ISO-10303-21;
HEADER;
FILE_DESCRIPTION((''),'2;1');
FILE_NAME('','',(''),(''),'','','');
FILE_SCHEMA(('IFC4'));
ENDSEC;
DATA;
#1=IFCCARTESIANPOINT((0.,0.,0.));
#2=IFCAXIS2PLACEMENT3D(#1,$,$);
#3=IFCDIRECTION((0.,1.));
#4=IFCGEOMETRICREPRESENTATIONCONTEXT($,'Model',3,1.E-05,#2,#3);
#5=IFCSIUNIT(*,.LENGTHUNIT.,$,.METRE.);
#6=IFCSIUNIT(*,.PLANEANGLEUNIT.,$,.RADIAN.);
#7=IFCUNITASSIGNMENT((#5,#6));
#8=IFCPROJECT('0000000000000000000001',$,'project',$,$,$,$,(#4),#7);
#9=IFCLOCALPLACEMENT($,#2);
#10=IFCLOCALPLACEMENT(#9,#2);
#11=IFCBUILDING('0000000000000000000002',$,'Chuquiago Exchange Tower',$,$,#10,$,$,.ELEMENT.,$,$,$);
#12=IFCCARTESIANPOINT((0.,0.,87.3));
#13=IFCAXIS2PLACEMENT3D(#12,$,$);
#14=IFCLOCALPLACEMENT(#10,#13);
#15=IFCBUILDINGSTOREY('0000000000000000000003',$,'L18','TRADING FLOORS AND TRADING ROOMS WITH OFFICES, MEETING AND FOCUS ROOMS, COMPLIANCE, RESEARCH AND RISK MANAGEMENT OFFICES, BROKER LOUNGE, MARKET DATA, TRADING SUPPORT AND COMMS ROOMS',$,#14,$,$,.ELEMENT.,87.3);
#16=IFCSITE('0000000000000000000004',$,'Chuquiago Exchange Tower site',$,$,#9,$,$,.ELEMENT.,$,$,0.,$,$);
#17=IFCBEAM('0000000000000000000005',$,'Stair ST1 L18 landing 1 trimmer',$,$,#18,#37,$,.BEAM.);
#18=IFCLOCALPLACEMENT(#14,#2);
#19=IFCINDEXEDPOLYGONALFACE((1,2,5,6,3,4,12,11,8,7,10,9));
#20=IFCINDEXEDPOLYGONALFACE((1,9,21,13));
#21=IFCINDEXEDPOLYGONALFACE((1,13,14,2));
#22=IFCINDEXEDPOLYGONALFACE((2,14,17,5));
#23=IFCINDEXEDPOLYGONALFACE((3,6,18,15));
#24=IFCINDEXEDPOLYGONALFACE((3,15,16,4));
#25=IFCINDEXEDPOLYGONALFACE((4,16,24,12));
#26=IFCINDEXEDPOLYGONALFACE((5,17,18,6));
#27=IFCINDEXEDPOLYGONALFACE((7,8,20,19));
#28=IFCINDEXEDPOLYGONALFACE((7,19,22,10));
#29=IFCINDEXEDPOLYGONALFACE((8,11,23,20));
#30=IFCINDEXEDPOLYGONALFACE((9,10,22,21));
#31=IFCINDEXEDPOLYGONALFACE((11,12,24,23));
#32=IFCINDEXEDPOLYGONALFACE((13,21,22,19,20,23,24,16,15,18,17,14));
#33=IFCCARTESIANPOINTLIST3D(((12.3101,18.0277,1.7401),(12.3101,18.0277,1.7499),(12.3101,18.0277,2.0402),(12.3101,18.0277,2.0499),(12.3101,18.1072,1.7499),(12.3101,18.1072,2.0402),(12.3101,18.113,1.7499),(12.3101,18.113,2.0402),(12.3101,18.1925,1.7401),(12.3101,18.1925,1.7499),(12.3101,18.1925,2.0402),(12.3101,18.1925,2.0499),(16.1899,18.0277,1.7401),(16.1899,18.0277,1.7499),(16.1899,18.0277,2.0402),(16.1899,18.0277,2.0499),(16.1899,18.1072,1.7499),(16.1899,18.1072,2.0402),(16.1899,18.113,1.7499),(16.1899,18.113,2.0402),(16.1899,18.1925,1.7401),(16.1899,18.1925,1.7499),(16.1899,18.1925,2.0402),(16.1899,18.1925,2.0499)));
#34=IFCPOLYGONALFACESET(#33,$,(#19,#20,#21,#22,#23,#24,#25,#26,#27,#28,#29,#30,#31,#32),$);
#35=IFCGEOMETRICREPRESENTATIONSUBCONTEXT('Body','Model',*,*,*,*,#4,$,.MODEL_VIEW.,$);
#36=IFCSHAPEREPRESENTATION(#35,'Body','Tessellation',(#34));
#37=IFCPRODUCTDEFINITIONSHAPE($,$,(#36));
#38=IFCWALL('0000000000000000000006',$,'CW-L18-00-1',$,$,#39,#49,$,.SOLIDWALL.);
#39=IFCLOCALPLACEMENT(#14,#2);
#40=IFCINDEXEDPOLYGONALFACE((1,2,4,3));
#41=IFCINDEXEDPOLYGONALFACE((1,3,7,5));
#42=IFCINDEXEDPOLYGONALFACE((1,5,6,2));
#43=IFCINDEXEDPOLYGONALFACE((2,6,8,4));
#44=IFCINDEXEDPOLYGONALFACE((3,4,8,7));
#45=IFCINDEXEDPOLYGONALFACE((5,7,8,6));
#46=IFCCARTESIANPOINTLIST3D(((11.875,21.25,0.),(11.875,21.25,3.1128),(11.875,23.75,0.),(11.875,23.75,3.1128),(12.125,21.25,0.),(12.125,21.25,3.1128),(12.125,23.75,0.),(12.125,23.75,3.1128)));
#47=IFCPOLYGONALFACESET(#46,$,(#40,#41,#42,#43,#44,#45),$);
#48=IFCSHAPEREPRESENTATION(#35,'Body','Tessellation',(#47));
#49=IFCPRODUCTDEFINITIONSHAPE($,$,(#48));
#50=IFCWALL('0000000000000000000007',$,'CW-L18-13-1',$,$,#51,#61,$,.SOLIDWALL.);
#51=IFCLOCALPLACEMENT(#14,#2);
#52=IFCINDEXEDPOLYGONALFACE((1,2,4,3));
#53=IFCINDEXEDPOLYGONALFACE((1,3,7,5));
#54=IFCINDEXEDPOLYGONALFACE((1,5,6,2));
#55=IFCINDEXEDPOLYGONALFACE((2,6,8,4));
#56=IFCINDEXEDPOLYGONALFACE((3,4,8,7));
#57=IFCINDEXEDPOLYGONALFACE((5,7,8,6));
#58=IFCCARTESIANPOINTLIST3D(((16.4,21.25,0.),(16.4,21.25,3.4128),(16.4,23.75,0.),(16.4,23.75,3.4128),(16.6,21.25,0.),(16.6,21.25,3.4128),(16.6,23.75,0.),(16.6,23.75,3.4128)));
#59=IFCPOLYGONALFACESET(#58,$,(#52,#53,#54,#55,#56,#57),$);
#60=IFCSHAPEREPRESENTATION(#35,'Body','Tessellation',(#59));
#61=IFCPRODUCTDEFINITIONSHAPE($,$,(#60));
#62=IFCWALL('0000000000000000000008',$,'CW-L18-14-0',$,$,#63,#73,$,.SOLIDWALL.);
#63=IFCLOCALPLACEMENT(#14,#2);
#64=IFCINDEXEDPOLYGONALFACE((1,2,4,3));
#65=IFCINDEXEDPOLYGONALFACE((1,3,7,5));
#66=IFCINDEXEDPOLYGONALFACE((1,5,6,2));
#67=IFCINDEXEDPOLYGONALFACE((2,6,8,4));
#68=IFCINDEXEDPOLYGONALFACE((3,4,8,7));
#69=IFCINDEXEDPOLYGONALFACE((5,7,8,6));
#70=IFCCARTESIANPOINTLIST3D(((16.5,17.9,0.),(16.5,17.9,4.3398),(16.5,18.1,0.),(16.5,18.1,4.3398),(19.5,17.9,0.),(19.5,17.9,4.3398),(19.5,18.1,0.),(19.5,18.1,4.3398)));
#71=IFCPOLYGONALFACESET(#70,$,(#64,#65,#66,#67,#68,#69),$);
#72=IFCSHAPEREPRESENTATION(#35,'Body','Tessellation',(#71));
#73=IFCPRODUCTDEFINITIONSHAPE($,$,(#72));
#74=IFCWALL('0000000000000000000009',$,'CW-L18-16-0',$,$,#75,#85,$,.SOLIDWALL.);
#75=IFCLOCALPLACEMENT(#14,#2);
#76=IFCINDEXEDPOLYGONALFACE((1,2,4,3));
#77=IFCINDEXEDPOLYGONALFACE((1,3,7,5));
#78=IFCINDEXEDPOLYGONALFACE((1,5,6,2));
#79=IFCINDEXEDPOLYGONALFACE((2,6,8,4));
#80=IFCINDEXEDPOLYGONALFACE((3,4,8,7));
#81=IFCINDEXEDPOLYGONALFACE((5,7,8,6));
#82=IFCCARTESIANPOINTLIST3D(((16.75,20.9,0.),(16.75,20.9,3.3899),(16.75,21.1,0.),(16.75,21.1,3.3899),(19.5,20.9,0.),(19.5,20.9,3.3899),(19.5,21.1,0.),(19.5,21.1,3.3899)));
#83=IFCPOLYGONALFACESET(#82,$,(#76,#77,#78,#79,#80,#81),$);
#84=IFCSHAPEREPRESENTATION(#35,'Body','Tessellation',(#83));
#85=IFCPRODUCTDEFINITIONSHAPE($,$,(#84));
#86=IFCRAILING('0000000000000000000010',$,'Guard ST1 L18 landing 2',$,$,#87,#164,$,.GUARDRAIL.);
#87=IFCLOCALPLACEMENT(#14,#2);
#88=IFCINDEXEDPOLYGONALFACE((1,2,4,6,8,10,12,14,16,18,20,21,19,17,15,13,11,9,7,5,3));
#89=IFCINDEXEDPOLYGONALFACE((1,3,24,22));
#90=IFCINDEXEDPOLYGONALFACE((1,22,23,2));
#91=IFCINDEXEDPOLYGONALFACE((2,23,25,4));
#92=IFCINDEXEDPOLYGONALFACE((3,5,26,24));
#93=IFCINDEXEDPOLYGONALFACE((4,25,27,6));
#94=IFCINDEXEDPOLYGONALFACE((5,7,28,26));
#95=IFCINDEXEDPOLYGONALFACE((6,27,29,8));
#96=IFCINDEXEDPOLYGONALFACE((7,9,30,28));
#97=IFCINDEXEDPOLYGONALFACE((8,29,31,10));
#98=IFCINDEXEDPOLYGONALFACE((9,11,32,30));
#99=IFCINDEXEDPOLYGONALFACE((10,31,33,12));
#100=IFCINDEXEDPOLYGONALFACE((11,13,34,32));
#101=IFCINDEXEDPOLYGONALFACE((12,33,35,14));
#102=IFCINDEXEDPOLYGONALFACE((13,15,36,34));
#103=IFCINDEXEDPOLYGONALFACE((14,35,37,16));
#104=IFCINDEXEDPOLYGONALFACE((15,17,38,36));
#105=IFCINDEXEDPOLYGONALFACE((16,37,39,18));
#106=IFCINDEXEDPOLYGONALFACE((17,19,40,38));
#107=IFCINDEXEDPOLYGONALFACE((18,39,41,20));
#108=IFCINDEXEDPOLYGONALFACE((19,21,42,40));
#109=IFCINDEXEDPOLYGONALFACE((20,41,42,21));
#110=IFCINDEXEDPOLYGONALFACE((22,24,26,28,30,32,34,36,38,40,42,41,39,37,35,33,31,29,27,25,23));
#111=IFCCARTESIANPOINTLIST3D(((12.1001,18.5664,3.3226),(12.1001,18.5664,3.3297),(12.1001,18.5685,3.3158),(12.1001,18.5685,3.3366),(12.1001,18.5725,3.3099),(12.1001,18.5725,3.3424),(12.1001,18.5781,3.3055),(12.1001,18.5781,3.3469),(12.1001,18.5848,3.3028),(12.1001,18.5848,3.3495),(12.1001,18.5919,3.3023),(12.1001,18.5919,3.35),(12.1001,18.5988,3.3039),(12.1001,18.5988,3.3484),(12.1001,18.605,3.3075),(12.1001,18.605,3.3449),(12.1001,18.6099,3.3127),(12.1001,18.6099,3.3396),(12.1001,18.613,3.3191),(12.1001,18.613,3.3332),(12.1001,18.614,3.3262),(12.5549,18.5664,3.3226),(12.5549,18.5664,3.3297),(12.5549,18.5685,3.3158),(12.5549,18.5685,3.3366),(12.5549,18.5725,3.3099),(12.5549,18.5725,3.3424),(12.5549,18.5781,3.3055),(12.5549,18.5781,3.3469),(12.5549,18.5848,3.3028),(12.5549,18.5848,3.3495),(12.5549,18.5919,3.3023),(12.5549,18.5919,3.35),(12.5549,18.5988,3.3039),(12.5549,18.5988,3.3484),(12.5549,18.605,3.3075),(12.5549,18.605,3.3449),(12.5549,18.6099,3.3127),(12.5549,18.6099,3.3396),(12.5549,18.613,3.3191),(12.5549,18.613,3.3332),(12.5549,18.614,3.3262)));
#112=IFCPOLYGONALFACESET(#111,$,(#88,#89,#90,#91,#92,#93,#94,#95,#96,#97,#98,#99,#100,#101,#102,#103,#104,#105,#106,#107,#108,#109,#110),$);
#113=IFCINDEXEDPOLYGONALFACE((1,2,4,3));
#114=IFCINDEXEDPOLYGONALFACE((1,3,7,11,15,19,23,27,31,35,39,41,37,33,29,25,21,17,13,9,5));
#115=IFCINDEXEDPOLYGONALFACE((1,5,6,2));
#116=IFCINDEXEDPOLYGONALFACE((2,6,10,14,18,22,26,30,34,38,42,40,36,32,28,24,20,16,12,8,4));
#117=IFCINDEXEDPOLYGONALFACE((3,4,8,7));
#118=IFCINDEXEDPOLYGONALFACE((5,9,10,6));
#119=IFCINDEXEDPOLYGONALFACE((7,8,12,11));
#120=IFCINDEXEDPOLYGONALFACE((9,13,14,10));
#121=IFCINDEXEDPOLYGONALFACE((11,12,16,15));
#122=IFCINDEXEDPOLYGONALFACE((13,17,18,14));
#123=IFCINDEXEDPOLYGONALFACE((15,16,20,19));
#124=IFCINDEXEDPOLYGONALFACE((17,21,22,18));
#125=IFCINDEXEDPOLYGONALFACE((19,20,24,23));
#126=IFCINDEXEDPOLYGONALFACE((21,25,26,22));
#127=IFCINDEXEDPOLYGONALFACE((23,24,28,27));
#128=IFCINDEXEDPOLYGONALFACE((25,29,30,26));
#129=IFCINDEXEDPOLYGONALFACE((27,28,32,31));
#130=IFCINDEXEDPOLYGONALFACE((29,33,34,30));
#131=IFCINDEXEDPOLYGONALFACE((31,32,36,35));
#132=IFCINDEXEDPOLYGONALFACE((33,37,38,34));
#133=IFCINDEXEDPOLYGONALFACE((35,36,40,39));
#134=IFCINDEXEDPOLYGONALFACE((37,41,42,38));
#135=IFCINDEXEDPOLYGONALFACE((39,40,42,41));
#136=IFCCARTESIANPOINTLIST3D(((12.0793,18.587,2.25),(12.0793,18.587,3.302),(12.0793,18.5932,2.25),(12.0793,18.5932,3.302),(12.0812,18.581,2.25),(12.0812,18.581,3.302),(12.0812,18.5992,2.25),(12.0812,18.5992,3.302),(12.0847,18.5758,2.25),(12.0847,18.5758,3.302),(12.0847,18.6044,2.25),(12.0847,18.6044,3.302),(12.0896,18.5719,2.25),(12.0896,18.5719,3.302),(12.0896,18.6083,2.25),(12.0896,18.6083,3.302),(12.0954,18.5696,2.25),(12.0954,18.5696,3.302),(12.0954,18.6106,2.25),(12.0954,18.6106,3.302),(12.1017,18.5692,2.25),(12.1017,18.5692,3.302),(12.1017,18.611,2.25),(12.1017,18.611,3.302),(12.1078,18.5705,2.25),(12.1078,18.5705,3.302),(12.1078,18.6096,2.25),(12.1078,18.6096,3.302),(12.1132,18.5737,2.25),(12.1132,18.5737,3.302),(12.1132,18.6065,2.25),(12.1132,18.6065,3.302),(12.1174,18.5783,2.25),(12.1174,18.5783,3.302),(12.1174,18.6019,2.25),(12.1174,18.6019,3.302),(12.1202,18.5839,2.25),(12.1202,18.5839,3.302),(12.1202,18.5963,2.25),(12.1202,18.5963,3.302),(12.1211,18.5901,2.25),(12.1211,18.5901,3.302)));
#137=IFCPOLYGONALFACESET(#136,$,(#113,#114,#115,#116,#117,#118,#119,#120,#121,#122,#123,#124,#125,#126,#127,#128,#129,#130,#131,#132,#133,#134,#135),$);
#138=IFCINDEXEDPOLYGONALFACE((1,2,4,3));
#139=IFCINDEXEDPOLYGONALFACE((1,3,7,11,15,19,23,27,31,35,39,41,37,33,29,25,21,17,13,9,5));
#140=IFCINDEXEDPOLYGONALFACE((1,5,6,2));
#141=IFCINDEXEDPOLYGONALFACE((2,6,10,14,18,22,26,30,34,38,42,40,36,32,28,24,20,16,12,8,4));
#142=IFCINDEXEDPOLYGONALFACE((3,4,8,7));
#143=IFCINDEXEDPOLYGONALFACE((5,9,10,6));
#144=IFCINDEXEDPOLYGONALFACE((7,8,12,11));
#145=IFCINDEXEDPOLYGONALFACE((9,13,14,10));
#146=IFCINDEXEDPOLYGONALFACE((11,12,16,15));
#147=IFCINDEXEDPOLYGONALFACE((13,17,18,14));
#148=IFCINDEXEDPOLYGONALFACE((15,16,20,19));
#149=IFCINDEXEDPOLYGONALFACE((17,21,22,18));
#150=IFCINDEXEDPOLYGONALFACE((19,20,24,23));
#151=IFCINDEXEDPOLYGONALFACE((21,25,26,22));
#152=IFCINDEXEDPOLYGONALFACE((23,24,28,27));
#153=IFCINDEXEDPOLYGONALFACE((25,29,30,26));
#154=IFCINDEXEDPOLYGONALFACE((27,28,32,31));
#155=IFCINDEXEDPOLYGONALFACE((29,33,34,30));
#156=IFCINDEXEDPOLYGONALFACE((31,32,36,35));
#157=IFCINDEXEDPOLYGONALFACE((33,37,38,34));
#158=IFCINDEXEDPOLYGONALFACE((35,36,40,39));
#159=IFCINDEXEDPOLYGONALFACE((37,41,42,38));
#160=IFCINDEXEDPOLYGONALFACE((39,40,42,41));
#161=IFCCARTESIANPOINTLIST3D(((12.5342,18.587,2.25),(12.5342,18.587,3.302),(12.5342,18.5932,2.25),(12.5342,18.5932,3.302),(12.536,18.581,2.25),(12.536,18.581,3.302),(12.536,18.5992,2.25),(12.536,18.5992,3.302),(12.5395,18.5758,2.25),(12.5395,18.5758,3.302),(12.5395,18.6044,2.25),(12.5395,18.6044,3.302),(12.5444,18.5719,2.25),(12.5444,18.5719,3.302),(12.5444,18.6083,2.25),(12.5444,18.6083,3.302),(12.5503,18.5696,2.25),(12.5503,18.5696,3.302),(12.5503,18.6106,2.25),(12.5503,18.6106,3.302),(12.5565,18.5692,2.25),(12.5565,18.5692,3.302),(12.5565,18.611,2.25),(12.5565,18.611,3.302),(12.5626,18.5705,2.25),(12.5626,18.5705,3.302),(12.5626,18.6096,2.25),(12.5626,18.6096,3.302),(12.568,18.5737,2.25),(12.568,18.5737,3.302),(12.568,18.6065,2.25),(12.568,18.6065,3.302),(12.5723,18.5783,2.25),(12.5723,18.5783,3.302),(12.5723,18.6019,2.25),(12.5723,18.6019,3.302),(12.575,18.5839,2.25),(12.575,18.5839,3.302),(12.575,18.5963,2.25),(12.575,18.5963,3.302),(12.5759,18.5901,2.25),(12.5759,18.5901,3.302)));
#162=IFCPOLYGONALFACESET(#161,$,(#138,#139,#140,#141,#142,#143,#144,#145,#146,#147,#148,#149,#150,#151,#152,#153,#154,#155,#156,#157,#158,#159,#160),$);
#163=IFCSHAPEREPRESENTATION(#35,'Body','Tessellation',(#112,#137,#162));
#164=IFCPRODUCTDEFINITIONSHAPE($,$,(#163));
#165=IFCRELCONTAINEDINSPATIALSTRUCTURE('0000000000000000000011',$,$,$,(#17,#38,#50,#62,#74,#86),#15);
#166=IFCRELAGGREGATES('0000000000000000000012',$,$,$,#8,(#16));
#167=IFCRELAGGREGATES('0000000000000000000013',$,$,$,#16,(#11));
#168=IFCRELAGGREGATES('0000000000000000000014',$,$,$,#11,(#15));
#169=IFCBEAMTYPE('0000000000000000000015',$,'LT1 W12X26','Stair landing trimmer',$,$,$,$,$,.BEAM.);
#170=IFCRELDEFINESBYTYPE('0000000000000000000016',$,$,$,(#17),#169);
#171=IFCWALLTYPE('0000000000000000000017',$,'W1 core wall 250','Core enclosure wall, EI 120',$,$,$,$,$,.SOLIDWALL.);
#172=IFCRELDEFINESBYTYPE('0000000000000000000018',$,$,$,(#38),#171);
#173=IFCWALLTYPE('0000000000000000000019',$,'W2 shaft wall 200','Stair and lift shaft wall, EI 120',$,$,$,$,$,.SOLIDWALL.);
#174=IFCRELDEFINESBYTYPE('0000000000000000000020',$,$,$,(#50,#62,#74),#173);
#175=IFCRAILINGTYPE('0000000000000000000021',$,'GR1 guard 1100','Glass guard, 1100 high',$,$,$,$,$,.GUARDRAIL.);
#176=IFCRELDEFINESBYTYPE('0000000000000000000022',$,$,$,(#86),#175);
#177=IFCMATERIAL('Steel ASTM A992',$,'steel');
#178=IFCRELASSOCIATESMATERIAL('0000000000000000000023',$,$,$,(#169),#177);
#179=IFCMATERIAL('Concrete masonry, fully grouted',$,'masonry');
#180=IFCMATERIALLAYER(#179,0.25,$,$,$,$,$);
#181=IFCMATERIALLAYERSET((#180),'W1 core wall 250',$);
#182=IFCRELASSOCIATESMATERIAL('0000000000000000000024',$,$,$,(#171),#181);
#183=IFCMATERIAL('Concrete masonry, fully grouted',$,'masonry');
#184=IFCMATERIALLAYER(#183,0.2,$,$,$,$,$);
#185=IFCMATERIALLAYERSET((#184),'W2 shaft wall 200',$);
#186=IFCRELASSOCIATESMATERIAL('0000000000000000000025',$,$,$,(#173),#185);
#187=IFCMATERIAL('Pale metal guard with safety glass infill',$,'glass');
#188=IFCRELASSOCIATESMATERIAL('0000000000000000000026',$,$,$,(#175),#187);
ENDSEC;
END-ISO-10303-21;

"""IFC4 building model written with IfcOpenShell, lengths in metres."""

from ifc_helpers import new_model, si_unit, direction, frame, frame_2d, origin, origin_2d, place, context, subcontext, project, spatial, rectangle, circle, i_section, extrude, material, layer, layer_set, material_profile, profile_set, type_object, element, save


model = new_model("IFC4")

# Units and contexts
model_context = context("Model", 3, precision=1e-05, world=origin(), true_north=direction((0.0, 1.0)))
body_context = subcontext(model_context, "Body", "Model", "MODEL_VIEW")
ifc_project = project(units=[si_unit("LENGTHUNIT", "METRE"), si_unit("PLANEANGLEUNIT", "RADIAN")], contexts=[model_context])

# Site, building, storey
site_placement = place(None, origin())
site = spatial("IfcSite", under=ifc_project, at=site_placement, Name="Chuquiago Exchange Tower site", CompositionType="ELEMENT", RefElevation=0.0)
building_placement = place(site_placement, origin())
building = spatial("IfcBuilding", under=site, at=building_placement, Name="Chuquiago Exchange Tower", CompositionType="ELEMENT")
storey_placement = place(building_placement, frame((0.0, 0.0, 87.3)))
storey = spatial("IfcBuildingStorey", under=building, at=storey_placement, Name="L18", Description="TRADING FLOORS AND TRADING ROOMS WITH OFFICES, MEETING AND FOCUS ROOMS, COMPLIANCE, RESEARCH AND RISK MANAGEMENT OFFICES, BROKER LOUNGE, MARKET DATA, TRADING SUPPORT AND COMMS ROOMS", CompositionType="ELEMENT", Elevation=87.3)

# Beam
ifc_material_1 = material(Name="Steel ASTM A992", Category="steel")
ifc_material_profile_1 = material_profile(ifc_material_1, i_section(OverallWidth=0.1648, OverallDepth=0.3098, WebThickness=0.0059, FlangeThickness=0.0098, at=origin_2d()), Name="W12X26")
ifc_profile_set_1 = profile_set([ifc_material_profile_1], Name="Steel ASTM A992")
beam_type_1 = type_object("IfcBeamType", Name="LT1 W12X26", Description="Stair landing trimmer", PredefinedType="BEAM", material=ifc_profile_set_1)
beam_1_placement = place(storey_placement, frame((12.3101, 18.1101, 1.895), z_axis=(1.0, 0.0, 0.0), x_axis=(0.0, 1.0, 0.0)))
element("IfcBeam", 1, at=beam_1_placement, inside=storey, type_object=beam_type_1, Name="Stair ST1 L18 landing 1 trimmer", PredefinedType="BEAM", context=body_context, shape_type="SweptSolid", body=[
    extrude(i_section(OverallWidth=0.1648, OverallDepth=0.3098, WebThickness=0.0059, FlangeThickness=0.0098, at=origin_2d()), origin(), (0.0, 0.0, 1.0), 3.8799),
])

# Walls
ifc_material_2 = material(Name="Concrete masonry, fully grouted", Category="masonry")
ifc_layer_1 = layer(ifc_material_2, 0.25)
ifc_layer_set_1 = layer_set([ifc_layer_1], Name="W1 core wall 250")
wall_type_1 = type_object("IfcWallType", Name="W1 core wall 250", Description="Core enclosure wall, EI 120", PredefinedType="SOLIDWALL", material=ifc_layer_set_1)
wall_1_placement = place(storey_placement, frame((12.0, 21.25, 0.0), z_axis=(0.0, 0.0, 1.0), x_axis=(0.0, 1.0, 0.0)))
element("IfcWall", 2, at=wall_1_placement, inside=storey, type_object=wall_type_1, Name="CW-L18-00-1", PredefinedType="SOLIDWALL", context=body_context, shape_type="SweptSolid", body=[
    extrude(rectangle(XDim=2.5, YDim=0.25, at=frame_2d((1.25, 0.0))), origin(), (0.0, 0.0, 1.0), 3.1128),
])
ifc_material_3 = material(Name="Concrete masonry, fully grouted", Category="masonry")
ifc_layer_2 = layer(ifc_material_3, 0.2)
ifc_layer_set_2 = layer_set([ifc_layer_2], Name="W2 shaft wall 200")
wall_type_2 = type_object("IfcWallType", Name="W2 shaft wall 200", Description="Stair and lift shaft wall, EI 120", PredefinedType="SOLIDWALL", material=ifc_layer_set_2)
wall_2_placement = place(storey_placement, frame((16.5, 21.25, 0.0), z_axis=(0.0, 0.0, 1.0), x_axis=(0.0, 1.0, 0.0)))
element("IfcWall", 3, at=wall_2_placement, inside=storey, type_object=wall_type_2, Name="CW-L18-13-1", PredefinedType="SOLIDWALL", context=body_context, shape_type="SweptSolid", body=[
    extrude(rectangle(XDim=2.5, YDim=0.2, at=frame_2d((1.25, 0.0))), origin(), (0.0, 0.0, 1.0), 3.4128),
])
wall_3_placement = place(storey_placement, frame((16.5, 18.0, 0.0), z_axis=(0.0, 0.0, 1.0), x_axis=(1.0, 0.0, 0.0)))
element("IfcWall", 4, at=wall_3_placement, inside=storey, type_object=wall_type_2, Name="CW-L18-14-0", PredefinedType="SOLIDWALL", context=body_context, shape_type="SweptSolid", body=[
    extrude(rectangle(XDim=3.0, YDim=0.2, at=frame_2d((1.5, 0.0))), origin(), (0.0, 0.0, 1.0), 4.3398),
])
wall_4_placement = place(storey_placement, frame((16.75, 21.0, 0.0), z_axis=(0.0, 0.0, 1.0), x_axis=(1.0, 0.0, 0.0)))
element("IfcWall", 5, at=wall_4_placement, inside=storey, type_object=wall_type_2, Name="CW-L18-16-0", PredefinedType="SOLIDWALL", context=body_context, shape_type="SweptSolid", body=[
    extrude(rectangle(XDim=2.75, YDim=0.2, at=frame_2d((1.375, 0.0))), origin(), (0.0, 0.0, 1.0), 3.3899),
])

# Railing
ifc_material_4 = material(Name="Pale metal guard with safety glass infill", Category="glass")
railing_type_1 = type_object("IfcRailingType", Name="GR1 guard 1100", Description="Glass guard, 1100 high", PredefinedType="GUARDRAIL", material=ifc_material_4)
for number, where, name in (
    (6, (12.1001, 18.5901, 2.25), "Guard ST1 L18 landing 2"),
):
    element("IfcRailing", number, at=place(storey_placement, frame(where)), inside=storey, type_object=railing_type_1, Name=name, PredefinedType="GUARDRAIL", context=body_context, shape_type="SweptSolid", body=[
        extrude(circle(Radius=0.0239, at=origin_2d()), frame((0.0, 0.0, 1.0762), z_axis=(1.0, 0.0, 0.0), x_axis=(0.0, 1.0, 0.0)), (0.0, 0.0, 1.0), 0.4548),
        extrude(circle(Radius=0.021, at=origin_2d()), origin(), (0.0, 0.0, 1.0), 1.052),
        extrude(circle(Radius=0.021, at=origin_2d()), frame((0.4548, 0.0, 0.0)), (0.0, 0.0, 1.0), 1.052),
    ])

save(model, "model.ifc")
